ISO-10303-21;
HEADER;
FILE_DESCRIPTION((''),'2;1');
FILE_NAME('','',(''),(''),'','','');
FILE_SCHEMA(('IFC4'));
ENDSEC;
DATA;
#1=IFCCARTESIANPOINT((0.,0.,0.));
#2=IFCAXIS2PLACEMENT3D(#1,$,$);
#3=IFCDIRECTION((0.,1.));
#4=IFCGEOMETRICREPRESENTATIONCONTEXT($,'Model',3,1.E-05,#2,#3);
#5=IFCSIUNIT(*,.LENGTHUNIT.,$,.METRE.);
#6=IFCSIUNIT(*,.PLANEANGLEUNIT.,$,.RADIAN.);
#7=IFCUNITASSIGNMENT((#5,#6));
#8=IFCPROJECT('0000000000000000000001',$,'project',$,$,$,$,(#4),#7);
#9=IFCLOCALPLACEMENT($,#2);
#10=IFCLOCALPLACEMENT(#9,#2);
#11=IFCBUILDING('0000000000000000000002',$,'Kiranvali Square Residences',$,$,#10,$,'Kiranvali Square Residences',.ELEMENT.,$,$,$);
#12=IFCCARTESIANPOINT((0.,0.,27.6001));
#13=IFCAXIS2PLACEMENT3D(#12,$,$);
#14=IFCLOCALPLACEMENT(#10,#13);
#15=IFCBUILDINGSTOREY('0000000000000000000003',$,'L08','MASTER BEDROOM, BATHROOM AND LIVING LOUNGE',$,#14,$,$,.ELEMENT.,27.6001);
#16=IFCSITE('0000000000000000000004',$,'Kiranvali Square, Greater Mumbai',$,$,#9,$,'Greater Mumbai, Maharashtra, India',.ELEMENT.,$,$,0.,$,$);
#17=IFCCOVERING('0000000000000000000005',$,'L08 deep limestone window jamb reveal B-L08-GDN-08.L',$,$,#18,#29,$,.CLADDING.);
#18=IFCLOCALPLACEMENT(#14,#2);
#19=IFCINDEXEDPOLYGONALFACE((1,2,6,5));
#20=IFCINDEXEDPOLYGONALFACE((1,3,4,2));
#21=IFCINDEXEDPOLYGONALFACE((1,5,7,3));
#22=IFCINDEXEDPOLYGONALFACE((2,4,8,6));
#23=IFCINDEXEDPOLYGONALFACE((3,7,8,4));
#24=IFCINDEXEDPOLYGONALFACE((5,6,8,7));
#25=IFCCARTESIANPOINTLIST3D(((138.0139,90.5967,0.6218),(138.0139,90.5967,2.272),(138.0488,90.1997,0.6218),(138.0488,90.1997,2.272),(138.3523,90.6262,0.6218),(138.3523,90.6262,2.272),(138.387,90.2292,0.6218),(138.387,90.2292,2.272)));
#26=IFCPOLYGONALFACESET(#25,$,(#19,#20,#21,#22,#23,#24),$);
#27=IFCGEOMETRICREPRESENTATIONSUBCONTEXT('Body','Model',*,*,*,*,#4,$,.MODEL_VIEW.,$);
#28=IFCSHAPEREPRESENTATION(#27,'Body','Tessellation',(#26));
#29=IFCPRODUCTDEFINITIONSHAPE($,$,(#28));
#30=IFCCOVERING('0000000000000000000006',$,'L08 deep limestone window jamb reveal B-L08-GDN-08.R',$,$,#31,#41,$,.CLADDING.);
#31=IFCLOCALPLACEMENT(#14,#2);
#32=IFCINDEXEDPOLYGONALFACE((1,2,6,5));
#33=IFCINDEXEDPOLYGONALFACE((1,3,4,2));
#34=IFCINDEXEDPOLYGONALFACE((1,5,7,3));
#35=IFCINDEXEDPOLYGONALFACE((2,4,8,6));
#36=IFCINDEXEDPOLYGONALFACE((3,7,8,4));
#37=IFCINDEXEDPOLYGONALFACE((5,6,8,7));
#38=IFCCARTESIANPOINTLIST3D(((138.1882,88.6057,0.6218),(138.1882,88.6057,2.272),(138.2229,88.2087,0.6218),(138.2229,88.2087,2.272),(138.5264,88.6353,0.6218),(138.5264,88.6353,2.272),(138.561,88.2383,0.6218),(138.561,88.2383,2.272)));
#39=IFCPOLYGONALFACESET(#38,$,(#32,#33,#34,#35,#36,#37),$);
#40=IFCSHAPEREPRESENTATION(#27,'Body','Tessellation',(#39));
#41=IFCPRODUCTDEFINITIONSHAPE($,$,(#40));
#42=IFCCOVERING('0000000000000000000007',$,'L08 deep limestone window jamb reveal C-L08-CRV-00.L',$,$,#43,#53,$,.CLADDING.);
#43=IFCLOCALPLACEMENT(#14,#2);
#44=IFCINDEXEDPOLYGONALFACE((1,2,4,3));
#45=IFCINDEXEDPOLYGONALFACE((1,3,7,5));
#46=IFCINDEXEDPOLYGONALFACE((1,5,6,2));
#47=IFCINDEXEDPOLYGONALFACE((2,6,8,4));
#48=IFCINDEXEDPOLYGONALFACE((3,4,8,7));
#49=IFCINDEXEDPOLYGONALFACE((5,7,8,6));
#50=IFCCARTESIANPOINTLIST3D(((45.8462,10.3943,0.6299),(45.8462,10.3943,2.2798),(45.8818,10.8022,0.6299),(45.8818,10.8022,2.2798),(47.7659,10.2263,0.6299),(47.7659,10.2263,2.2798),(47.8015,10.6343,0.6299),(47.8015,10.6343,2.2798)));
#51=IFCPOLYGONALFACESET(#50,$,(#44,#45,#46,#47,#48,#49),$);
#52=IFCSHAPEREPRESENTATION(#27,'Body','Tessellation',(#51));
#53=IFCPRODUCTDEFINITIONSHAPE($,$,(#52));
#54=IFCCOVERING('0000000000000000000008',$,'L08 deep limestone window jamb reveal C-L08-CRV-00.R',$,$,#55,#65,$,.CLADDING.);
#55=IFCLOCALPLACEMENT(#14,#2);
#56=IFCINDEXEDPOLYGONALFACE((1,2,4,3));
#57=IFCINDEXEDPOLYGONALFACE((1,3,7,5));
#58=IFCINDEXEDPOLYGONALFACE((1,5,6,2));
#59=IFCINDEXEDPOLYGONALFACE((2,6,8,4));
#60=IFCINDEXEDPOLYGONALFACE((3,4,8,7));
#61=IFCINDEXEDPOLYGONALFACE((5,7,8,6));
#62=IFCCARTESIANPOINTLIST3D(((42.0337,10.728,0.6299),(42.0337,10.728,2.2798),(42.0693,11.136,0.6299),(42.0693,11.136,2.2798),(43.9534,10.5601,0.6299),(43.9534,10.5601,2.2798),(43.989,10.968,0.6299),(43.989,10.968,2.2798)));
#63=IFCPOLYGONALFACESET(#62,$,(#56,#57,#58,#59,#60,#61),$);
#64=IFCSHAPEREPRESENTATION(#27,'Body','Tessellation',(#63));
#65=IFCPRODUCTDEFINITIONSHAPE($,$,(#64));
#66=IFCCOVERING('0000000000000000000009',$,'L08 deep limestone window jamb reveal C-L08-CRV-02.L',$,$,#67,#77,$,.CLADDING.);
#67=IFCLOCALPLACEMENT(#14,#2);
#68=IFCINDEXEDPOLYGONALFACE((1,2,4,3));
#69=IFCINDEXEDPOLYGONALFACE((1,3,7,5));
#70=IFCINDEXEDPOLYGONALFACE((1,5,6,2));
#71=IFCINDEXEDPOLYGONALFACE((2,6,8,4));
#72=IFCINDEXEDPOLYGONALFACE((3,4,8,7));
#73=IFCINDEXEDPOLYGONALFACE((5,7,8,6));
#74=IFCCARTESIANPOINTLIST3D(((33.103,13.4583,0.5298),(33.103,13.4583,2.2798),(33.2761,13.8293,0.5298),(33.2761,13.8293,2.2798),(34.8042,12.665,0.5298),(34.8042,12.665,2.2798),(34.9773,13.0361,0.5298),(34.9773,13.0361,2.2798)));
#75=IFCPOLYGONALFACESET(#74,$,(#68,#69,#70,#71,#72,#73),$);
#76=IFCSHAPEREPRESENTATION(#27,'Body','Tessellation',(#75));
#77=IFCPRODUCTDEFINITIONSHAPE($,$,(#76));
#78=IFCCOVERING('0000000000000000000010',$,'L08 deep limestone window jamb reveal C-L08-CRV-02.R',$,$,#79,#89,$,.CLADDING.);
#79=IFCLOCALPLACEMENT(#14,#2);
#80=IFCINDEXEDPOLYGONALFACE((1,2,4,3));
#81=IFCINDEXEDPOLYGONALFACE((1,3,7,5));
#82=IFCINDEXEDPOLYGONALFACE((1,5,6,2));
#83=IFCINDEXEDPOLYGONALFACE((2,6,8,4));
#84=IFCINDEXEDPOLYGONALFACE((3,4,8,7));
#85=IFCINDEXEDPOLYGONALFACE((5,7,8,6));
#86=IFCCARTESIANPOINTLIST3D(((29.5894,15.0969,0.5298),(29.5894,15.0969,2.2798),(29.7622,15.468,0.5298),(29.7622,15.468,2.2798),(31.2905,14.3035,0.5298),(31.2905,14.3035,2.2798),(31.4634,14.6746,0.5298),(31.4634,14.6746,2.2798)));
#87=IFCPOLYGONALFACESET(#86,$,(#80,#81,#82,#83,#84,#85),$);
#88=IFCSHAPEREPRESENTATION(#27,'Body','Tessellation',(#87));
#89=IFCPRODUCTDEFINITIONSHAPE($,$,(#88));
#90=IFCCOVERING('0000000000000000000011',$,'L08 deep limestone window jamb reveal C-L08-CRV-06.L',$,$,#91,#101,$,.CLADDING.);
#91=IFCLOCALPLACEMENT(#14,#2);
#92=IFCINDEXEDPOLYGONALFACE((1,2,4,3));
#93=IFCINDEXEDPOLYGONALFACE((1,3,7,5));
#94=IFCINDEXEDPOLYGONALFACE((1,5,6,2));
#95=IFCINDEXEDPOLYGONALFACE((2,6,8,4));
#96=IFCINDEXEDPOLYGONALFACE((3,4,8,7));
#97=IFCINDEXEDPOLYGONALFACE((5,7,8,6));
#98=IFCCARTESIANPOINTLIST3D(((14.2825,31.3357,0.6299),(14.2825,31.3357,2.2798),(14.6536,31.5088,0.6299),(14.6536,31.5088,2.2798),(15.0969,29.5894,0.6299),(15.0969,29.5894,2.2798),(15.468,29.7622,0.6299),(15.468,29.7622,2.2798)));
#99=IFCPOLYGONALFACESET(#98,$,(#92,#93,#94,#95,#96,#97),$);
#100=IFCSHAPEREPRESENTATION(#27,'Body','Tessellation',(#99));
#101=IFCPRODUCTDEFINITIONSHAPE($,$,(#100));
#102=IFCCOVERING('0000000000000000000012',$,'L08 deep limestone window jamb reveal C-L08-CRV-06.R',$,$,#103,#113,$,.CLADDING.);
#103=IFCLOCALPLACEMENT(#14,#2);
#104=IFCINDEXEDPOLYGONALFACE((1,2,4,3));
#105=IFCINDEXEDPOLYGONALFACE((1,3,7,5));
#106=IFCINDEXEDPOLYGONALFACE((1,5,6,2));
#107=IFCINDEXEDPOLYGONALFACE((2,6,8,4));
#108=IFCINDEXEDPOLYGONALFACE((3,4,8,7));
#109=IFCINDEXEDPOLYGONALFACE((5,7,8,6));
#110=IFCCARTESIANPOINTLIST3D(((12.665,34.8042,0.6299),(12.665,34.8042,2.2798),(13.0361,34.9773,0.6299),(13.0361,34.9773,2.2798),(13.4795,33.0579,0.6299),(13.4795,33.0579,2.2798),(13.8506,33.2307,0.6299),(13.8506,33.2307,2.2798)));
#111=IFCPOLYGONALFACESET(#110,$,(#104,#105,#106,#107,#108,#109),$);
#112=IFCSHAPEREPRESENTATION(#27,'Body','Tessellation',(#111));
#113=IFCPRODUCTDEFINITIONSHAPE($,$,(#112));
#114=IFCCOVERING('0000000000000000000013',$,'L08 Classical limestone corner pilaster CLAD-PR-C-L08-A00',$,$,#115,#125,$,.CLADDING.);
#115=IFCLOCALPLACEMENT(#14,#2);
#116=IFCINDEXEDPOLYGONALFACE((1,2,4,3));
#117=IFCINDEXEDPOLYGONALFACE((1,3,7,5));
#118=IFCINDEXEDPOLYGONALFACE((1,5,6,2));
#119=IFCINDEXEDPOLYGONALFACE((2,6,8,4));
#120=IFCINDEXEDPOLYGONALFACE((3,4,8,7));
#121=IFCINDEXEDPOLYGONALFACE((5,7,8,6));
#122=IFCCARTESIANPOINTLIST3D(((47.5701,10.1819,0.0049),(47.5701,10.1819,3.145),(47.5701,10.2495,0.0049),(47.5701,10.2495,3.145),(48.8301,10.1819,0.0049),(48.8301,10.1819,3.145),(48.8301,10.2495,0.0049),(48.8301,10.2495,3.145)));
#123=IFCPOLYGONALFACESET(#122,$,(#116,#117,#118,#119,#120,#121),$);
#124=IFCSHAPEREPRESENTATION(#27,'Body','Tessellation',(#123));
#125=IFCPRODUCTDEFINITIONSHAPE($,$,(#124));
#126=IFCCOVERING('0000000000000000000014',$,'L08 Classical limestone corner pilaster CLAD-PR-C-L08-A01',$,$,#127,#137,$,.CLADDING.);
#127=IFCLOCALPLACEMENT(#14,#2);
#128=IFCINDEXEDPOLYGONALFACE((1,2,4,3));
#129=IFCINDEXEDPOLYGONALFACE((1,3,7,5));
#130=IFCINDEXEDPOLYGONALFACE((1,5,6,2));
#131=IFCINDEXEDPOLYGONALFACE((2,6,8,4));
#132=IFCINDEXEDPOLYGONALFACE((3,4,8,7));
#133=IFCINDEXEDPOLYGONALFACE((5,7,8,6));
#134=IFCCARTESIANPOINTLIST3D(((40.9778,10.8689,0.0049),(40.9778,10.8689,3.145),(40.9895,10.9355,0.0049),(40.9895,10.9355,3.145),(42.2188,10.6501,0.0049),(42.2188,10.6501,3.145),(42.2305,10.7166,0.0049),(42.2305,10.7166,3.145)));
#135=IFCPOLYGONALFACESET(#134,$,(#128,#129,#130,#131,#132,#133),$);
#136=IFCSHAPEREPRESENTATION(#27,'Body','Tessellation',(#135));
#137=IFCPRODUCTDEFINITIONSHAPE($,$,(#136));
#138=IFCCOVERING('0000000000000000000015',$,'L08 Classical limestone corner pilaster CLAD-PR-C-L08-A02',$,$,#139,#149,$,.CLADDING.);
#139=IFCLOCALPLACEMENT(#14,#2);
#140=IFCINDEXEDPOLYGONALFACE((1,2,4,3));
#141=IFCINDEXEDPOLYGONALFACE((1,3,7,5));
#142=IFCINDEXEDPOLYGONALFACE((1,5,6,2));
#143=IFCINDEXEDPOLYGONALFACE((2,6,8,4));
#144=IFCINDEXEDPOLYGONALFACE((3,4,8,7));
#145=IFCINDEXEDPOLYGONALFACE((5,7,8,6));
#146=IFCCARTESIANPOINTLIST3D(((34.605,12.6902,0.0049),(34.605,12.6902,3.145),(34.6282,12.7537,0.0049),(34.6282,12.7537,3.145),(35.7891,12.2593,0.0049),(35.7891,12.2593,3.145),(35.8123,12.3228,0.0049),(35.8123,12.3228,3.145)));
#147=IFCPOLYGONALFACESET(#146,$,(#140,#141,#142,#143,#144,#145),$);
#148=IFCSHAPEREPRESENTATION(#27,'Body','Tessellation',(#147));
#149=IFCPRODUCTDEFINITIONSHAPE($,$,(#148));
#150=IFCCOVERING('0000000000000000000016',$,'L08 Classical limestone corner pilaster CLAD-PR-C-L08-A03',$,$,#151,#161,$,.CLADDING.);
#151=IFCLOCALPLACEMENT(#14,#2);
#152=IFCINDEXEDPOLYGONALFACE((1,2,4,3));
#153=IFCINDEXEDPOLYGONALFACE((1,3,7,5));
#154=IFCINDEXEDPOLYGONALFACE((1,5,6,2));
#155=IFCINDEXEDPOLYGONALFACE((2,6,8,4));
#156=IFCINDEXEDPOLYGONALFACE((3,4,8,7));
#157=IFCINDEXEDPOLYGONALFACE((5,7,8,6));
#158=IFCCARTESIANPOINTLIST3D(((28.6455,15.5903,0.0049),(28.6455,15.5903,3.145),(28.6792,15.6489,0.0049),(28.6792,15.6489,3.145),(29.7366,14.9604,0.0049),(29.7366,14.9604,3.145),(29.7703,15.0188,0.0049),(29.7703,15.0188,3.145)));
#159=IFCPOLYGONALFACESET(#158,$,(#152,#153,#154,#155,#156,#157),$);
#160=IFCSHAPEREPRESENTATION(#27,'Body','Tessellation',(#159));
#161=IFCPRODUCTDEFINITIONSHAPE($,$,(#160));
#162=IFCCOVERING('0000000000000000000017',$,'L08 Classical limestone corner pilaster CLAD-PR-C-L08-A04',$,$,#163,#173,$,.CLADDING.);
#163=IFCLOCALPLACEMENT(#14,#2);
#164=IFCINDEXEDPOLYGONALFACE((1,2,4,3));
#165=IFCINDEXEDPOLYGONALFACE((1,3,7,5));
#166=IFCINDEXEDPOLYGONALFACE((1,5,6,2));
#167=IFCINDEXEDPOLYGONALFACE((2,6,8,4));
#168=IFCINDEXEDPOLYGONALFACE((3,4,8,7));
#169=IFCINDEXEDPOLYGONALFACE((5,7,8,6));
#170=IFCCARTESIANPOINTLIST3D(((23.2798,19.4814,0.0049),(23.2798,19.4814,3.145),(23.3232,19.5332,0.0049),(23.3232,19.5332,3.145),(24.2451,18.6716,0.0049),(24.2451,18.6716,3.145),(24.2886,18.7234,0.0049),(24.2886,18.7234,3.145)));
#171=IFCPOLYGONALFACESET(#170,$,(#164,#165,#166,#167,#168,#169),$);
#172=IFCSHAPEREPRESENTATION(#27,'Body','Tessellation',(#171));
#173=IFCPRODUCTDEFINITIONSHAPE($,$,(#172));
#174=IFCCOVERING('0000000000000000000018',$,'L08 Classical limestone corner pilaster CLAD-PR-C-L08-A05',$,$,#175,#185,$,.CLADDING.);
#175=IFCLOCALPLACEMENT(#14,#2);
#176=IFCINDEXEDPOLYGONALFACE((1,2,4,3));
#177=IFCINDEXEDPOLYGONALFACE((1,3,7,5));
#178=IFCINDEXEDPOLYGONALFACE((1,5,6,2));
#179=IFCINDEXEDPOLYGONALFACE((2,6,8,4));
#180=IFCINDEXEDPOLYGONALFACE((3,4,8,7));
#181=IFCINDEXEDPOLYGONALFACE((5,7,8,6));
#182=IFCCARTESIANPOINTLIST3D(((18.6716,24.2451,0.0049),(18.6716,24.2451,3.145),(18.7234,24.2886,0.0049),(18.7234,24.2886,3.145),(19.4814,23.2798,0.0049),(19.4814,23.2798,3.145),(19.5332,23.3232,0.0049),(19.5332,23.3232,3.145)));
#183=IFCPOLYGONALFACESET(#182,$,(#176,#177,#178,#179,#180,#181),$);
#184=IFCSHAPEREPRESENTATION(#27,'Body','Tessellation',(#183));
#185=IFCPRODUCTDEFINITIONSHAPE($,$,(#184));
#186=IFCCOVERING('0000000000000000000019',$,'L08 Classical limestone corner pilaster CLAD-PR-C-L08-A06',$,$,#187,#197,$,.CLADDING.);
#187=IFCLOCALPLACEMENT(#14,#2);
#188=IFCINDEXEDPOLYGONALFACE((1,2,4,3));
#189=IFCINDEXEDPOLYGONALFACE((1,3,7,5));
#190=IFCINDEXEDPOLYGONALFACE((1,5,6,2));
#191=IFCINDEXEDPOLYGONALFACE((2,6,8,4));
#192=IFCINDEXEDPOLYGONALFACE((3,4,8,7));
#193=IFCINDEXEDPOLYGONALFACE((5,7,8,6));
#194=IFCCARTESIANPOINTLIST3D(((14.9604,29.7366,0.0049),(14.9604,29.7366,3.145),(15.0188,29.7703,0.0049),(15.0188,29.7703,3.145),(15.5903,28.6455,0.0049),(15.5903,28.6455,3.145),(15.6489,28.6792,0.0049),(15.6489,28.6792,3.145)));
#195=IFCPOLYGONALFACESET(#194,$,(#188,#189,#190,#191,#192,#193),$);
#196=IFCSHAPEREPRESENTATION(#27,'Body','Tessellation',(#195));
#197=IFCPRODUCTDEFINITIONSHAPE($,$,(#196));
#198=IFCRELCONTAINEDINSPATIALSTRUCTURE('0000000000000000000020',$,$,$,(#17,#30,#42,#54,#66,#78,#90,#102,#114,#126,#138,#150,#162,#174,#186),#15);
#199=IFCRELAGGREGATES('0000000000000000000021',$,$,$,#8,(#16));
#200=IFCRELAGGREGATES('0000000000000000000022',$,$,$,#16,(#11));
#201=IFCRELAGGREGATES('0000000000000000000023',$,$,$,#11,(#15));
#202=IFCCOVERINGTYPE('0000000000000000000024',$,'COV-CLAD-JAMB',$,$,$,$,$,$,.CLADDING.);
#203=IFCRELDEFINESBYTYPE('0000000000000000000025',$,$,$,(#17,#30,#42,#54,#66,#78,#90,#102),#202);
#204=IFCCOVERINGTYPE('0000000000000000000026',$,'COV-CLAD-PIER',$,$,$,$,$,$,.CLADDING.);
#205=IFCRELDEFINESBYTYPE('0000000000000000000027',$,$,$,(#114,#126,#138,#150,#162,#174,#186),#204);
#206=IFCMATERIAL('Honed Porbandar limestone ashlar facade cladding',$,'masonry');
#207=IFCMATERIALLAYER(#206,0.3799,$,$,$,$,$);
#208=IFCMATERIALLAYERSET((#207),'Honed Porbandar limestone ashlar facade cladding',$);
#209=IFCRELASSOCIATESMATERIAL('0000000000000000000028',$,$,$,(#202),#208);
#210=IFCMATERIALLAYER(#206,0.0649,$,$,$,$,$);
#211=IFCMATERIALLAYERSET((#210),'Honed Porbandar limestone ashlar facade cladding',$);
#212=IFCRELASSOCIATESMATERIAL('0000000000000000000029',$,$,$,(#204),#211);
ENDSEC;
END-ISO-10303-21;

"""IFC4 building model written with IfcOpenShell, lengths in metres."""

from ifc_helpers import new_model, si_unit, direction, frame, origin, place, context, subcontext, project, spatial, polyline, outline, extrude, material, layer, layer_set, type_object, element, save


model = new_model("IFC4")

# Units and contexts
model_context = context("Model", 3, precision=1e-05, world=origin(), true_north=direction((0.0, 1.0)))
body_context = subcontext(model_context, "Body", "Model", "MODEL_VIEW")
ifc_project = project(units=[si_unit("LENGTHUNIT", "METRE"), si_unit("PLANEANGLEUNIT", "RADIAN")], contexts=[model_context])

# Site, building, storey
site_placement = place(None, origin())
site = spatial("IfcSite", under=ifc_project, at=site_placement, Name="Kiranvali Square, Greater Mumbai", LongName="Greater Mumbai, Maharashtra, India", CompositionType="ELEMENT", RefElevation=0.0)
building_placement = place(site_placement, origin())
building = spatial("IfcBuilding", under=site, at=building_placement, Name="Kiranvali Square Residences", LongName="Kiranvali Square Residences", CompositionType="ELEMENT")
storey_placement = place(building_placement, frame((0.0, 0.0, 27.6001)))
storey = spatial("IfcBuildingStorey", under=building, at=storey_placement, Name="L08", Description="MASTER BEDROOM, BATHROOM AND LIVING LOUNGE", CompositionType="ELEMENT", Elevation=27.6001)

# Coverings
ifc_material = material(Name="Honed Porbandar limestone ashlar facade cladding", Category="masonry")
ifc_layer_1 = layer(ifc_material, 0.3799)
ifc_layer_set_1 = layer_set([ifc_layer_1], Name="Honed Porbandar limestone ashlar facade cladding")
covering_type_1 = type_object("IfcCoveringType", Name="COV-CLAD-JAMB", PredefinedType="CLADDING", material=ifc_layer_set_1)
covering_1_placement = place(storey_placement, frame((0.0, 0.0, 0.6218)))
element("IfcCovering", 1, at=covering_1_placement, inside=storey, type_object=covering_type_1, Name="L08 deep limestone window jamb reveal B-L08-GDN-08.L", PredefinedType="CLADDING", context=body_context, shape_type="SweptSolid", body=[
    extrude(outline(polyline([(138.0139, 90.5967), (138.0488, 90.1997), (138.387, 90.2292), (138.3523, 90.6262), (138.0139, 90.5967)])), origin(), (0.0, 0.0, 1.0), 1.6501),
])
covering_2_placement = place(storey_placement, frame((0.0, 0.0, 0.6218)))
element("IfcCovering", 2, at=covering_2_placement, inside=storey, type_object=covering_type_1, Name="L08 deep limestone window jamb reveal B-L08-GDN-08.R", PredefinedType="CLADDING", context=body_context, shape_type="SweptSolid", body=[
    extrude(outline(polyline([(138.1882, 88.6057), (138.2229, 88.2087), (138.561, 88.2383), (138.5264, 88.6353), (138.1882, 88.6057)])), origin(), (0.0, 0.0, 1.0), 1.6501),
])
covering_3_placement = place(storey_placement, frame((0.0, 0.0, 0.6299)))
element("IfcCovering", 3, at=covering_3_placement, inside=storey, type_object=covering_type_1, Name="L08 deep limestone window jamb reveal C-L08-CRV-00.L", PredefinedType="CLADDING", context=body_context, shape_type="SweptSolid", body=[
    extrude(outline(polyline([(47.8015, 10.6343), (45.8818, 10.8022), (45.8462, 10.3943), (47.7659, 10.2263), (47.8015, 10.6343)])), origin(), (0.0, 0.0, 1.0), 1.6499),
])
covering_4_placement = place(storey_placement, frame((0.0, 0.0, 0.6299)))
element("IfcCovering", 4, at=covering_4_placement, inside=storey, type_object=covering_type_1, Name="L08 deep limestone window jamb reveal C-L08-CRV-00.R", PredefinedType="CLADDING", context=body_context, shape_type="SweptSolid", body=[
    extrude(outline(polyline([(43.989, 10.968), (42.0693, 11.136), (42.0337, 10.728), (43.9534, 10.5601), (43.989, 10.968)])), origin(), (0.0, 0.0, 1.0), 1.6499),
])
covering_5_placement = place(storey_placement, frame((0.0, 0.0, 0.5298)))
element("IfcCovering", 5, at=covering_5_placement, inside=storey, type_object=covering_type_1, Name="L08 deep limestone window jamb reveal C-L08-CRV-02.L", PredefinedType="CLADDING", context=body_context, shape_type="SweptSolid", body=[
    extrude(outline(polyline([(34.9773, 13.0361), (33.2761, 13.8293), (33.103, 13.4583), (34.8042, 12.665), (34.9773, 13.0361)])), origin(), (0.0, 0.0, 1.0), 1.75),
])
covering_6_placement = place(storey_placement, frame((0.0, 0.0, 0.5298)))
element("IfcCovering", 6, at=covering_6_placement, inside=storey, type_object=covering_type_1, Name="L08 deep limestone window jamb reveal C-L08-CRV-02.R", PredefinedType="CLADDING", context=body_context, shape_type="SweptSolid", body=[
    extrude(outline(polyline([(31.4634, 14.6746), (29.7622, 15.468), (29.5894, 15.0969), (31.2905, 14.3035), (31.4634, 14.6746)])), origin(), (0.0, 0.0, 1.0), 1.75),
])
covering_7_placement = place(storey_placement, frame((0.0, 0.0, 0.6299)))
element("IfcCovering", 7, at=covering_7_placement, inside=storey, type_object=covering_type_1, Name="L08 deep limestone window jamb reveal C-L08-CRV-06.L", PredefinedType="CLADDING", context=body_context, shape_type="SweptSolid", body=[
    extrude(outline(polyline([(15.468, 29.7622), (14.6536, 31.5088), (14.2825, 31.3357), (15.0969, 29.5894), (15.468, 29.7622)])), origin(), (0.0, 0.0, 1.0), 1.6499),
])
covering_8_placement = place(storey_placement, frame((0.0, 0.0, 0.6299)))
element("IfcCovering", 8, at=covering_8_placement, inside=storey, type_object=covering_type_1, Name="L08 deep limestone window jamb reveal C-L08-CRV-06.R", PredefinedType="CLADDING", context=body_context, shape_type="SweptSolid", body=[
    extrude(outline(polyline([(13.8506, 33.2307), (13.0361, 34.9773), (12.665, 34.8042), (13.4795, 33.0579), (13.8506, 33.2307)])), origin(), (0.0, 0.0, 1.0), 1.6499),
])
ifc_layer_2 = layer(ifc_material, 0.0649)
ifc_layer_set_2 = layer_set([ifc_layer_2], Name="Honed Porbandar limestone ashlar facade cladding")
covering_type_2 = type_object("IfcCoveringType", Name="COV-CLAD-PIER", PredefinedType="CLADDING", material=ifc_layer_set_2)
covering_9_placement = place(storey_placement, frame((0.0, 0.0, 0.0049)))
element("IfcCovering", 9, at=covering_9_placement, inside=storey, type_object=covering_type_2, Name="L08 Classical limestone corner pilaster CLAD-PR-C-L08-A00", PredefinedType="CLADDING", context=body_context, shape_type="SweptSolid", body=[
    extrude(outline(polyline([(47.5701, 10.1819), (48.8301, 10.1819), (48.8301, 10.2495), (47.5701, 10.2495), (47.5701, 10.1819)])), origin(), (0.0, 0.0, 1.0), 3.1401),
])
covering_10_placement = place(storey_placement, frame((0.0, 0.0, 0.0049)))
element("IfcCovering", 10, at=covering_10_placement, inside=storey, type_object=covering_type_2, Name="L08 Classical limestone corner pilaster CLAD-PR-C-L08-A01", PredefinedType="CLADDING", context=body_context, shape_type="SweptSolid", body=[
    extrude(outline(polyline([(40.9778, 10.8689), (42.2188, 10.6501), (42.2305, 10.7166), (40.9895, 10.9355), (40.9778, 10.8689)])), origin(), (0.0, 0.0, 1.0), 3.1401),
])
covering_11_placement = place(storey_placement, frame((0.0, 0.0, 0.0049)))
element("IfcCovering", 11, at=covering_11_placement, inside=storey, type_object=covering_type_2, Name="L08 Classical limestone corner pilaster CLAD-PR-C-L08-A02", PredefinedType="CLADDING", context=body_context, shape_type="SweptSolid", body=[
    extrude(outline(polyline([(34.605, 12.6902), (35.7891, 12.2593), (35.8123, 12.3228), (34.6282, 12.7537), (34.605, 12.6902)])), origin(), (0.0, 0.0, 1.0), 3.1401),
])
covering_12_placement = place(storey_placement, frame((0.0, 0.0, 0.0049)))
element("IfcCovering", 12, at=covering_12_placement, inside=storey, type_object=covering_type_2, Name="L08 Classical limestone corner pilaster CLAD-PR-C-L08-A03", PredefinedType="CLADDING", context=body_context, shape_type="SweptSolid", body=[
    extrude(outline(polyline([(28.6455, 15.5903), (29.7366, 14.9604), (29.7703, 15.0188), (28.6792, 15.6489), (28.6455, 15.5903)])), origin(), (0.0, 0.0, 1.0), 3.1401),
])
covering_13_placement = place(storey_placement, frame((0.0, 0.0, 0.0049)))
element("IfcCovering", 13, at=covering_13_placement, inside=storey, type_object=covering_type_2, Name="L08 Classical limestone corner pilaster CLAD-PR-C-L08-A04", PredefinedType="CLADDING", context=body_context, shape_type="SweptSolid", body=[
    extrude(outline(polyline([(23.2798, 19.4814), (24.2451, 18.6716), (24.2886, 18.7234), (23.3232, 19.5332), (23.2798, 19.4814)])), origin(), (0.0, 0.0, 1.0), 3.1401),
])
covering_14_placement = place(storey_placement, frame((0.0, 0.0, 0.0049)))
element("IfcCovering", 14, at=covering_14_placement, inside=storey, type_object=covering_type_2, Name="L08 Classical limestone corner pilaster CLAD-PR-C-L08-A05", PredefinedType="CLADDING", context=body_context, shape_type="SweptSolid", body=[
    extrude(outline(polyline([(18.6716, 24.2451), (19.4814, 23.2798), (19.5332, 23.3232), (18.7234, 24.2886), (18.6716, 24.2451)])), origin(), (0.0, 0.0, 1.0), 3.1401),
])
covering_15_placement = place(storey_placement, frame((0.0, 0.0, 0.0049)))
element("IfcCovering", 15, at=covering_15_placement, inside=storey, type_object=covering_type_2, Name="L08 Classical limestone corner pilaster CLAD-PR-C-L08-A06", PredefinedType="CLADDING", context=body_context, shape_type="SweptSolid", body=[
    extrude(outline(polyline([(14.9604, 29.7366), (15.5903, 28.6455), (15.6489, 28.6792), (15.0188, 29.7703), (14.9604, 29.7366)])), origin(), (0.0, 0.0, 1.0), 3.1401),
])

save(model, "model.ifc")
